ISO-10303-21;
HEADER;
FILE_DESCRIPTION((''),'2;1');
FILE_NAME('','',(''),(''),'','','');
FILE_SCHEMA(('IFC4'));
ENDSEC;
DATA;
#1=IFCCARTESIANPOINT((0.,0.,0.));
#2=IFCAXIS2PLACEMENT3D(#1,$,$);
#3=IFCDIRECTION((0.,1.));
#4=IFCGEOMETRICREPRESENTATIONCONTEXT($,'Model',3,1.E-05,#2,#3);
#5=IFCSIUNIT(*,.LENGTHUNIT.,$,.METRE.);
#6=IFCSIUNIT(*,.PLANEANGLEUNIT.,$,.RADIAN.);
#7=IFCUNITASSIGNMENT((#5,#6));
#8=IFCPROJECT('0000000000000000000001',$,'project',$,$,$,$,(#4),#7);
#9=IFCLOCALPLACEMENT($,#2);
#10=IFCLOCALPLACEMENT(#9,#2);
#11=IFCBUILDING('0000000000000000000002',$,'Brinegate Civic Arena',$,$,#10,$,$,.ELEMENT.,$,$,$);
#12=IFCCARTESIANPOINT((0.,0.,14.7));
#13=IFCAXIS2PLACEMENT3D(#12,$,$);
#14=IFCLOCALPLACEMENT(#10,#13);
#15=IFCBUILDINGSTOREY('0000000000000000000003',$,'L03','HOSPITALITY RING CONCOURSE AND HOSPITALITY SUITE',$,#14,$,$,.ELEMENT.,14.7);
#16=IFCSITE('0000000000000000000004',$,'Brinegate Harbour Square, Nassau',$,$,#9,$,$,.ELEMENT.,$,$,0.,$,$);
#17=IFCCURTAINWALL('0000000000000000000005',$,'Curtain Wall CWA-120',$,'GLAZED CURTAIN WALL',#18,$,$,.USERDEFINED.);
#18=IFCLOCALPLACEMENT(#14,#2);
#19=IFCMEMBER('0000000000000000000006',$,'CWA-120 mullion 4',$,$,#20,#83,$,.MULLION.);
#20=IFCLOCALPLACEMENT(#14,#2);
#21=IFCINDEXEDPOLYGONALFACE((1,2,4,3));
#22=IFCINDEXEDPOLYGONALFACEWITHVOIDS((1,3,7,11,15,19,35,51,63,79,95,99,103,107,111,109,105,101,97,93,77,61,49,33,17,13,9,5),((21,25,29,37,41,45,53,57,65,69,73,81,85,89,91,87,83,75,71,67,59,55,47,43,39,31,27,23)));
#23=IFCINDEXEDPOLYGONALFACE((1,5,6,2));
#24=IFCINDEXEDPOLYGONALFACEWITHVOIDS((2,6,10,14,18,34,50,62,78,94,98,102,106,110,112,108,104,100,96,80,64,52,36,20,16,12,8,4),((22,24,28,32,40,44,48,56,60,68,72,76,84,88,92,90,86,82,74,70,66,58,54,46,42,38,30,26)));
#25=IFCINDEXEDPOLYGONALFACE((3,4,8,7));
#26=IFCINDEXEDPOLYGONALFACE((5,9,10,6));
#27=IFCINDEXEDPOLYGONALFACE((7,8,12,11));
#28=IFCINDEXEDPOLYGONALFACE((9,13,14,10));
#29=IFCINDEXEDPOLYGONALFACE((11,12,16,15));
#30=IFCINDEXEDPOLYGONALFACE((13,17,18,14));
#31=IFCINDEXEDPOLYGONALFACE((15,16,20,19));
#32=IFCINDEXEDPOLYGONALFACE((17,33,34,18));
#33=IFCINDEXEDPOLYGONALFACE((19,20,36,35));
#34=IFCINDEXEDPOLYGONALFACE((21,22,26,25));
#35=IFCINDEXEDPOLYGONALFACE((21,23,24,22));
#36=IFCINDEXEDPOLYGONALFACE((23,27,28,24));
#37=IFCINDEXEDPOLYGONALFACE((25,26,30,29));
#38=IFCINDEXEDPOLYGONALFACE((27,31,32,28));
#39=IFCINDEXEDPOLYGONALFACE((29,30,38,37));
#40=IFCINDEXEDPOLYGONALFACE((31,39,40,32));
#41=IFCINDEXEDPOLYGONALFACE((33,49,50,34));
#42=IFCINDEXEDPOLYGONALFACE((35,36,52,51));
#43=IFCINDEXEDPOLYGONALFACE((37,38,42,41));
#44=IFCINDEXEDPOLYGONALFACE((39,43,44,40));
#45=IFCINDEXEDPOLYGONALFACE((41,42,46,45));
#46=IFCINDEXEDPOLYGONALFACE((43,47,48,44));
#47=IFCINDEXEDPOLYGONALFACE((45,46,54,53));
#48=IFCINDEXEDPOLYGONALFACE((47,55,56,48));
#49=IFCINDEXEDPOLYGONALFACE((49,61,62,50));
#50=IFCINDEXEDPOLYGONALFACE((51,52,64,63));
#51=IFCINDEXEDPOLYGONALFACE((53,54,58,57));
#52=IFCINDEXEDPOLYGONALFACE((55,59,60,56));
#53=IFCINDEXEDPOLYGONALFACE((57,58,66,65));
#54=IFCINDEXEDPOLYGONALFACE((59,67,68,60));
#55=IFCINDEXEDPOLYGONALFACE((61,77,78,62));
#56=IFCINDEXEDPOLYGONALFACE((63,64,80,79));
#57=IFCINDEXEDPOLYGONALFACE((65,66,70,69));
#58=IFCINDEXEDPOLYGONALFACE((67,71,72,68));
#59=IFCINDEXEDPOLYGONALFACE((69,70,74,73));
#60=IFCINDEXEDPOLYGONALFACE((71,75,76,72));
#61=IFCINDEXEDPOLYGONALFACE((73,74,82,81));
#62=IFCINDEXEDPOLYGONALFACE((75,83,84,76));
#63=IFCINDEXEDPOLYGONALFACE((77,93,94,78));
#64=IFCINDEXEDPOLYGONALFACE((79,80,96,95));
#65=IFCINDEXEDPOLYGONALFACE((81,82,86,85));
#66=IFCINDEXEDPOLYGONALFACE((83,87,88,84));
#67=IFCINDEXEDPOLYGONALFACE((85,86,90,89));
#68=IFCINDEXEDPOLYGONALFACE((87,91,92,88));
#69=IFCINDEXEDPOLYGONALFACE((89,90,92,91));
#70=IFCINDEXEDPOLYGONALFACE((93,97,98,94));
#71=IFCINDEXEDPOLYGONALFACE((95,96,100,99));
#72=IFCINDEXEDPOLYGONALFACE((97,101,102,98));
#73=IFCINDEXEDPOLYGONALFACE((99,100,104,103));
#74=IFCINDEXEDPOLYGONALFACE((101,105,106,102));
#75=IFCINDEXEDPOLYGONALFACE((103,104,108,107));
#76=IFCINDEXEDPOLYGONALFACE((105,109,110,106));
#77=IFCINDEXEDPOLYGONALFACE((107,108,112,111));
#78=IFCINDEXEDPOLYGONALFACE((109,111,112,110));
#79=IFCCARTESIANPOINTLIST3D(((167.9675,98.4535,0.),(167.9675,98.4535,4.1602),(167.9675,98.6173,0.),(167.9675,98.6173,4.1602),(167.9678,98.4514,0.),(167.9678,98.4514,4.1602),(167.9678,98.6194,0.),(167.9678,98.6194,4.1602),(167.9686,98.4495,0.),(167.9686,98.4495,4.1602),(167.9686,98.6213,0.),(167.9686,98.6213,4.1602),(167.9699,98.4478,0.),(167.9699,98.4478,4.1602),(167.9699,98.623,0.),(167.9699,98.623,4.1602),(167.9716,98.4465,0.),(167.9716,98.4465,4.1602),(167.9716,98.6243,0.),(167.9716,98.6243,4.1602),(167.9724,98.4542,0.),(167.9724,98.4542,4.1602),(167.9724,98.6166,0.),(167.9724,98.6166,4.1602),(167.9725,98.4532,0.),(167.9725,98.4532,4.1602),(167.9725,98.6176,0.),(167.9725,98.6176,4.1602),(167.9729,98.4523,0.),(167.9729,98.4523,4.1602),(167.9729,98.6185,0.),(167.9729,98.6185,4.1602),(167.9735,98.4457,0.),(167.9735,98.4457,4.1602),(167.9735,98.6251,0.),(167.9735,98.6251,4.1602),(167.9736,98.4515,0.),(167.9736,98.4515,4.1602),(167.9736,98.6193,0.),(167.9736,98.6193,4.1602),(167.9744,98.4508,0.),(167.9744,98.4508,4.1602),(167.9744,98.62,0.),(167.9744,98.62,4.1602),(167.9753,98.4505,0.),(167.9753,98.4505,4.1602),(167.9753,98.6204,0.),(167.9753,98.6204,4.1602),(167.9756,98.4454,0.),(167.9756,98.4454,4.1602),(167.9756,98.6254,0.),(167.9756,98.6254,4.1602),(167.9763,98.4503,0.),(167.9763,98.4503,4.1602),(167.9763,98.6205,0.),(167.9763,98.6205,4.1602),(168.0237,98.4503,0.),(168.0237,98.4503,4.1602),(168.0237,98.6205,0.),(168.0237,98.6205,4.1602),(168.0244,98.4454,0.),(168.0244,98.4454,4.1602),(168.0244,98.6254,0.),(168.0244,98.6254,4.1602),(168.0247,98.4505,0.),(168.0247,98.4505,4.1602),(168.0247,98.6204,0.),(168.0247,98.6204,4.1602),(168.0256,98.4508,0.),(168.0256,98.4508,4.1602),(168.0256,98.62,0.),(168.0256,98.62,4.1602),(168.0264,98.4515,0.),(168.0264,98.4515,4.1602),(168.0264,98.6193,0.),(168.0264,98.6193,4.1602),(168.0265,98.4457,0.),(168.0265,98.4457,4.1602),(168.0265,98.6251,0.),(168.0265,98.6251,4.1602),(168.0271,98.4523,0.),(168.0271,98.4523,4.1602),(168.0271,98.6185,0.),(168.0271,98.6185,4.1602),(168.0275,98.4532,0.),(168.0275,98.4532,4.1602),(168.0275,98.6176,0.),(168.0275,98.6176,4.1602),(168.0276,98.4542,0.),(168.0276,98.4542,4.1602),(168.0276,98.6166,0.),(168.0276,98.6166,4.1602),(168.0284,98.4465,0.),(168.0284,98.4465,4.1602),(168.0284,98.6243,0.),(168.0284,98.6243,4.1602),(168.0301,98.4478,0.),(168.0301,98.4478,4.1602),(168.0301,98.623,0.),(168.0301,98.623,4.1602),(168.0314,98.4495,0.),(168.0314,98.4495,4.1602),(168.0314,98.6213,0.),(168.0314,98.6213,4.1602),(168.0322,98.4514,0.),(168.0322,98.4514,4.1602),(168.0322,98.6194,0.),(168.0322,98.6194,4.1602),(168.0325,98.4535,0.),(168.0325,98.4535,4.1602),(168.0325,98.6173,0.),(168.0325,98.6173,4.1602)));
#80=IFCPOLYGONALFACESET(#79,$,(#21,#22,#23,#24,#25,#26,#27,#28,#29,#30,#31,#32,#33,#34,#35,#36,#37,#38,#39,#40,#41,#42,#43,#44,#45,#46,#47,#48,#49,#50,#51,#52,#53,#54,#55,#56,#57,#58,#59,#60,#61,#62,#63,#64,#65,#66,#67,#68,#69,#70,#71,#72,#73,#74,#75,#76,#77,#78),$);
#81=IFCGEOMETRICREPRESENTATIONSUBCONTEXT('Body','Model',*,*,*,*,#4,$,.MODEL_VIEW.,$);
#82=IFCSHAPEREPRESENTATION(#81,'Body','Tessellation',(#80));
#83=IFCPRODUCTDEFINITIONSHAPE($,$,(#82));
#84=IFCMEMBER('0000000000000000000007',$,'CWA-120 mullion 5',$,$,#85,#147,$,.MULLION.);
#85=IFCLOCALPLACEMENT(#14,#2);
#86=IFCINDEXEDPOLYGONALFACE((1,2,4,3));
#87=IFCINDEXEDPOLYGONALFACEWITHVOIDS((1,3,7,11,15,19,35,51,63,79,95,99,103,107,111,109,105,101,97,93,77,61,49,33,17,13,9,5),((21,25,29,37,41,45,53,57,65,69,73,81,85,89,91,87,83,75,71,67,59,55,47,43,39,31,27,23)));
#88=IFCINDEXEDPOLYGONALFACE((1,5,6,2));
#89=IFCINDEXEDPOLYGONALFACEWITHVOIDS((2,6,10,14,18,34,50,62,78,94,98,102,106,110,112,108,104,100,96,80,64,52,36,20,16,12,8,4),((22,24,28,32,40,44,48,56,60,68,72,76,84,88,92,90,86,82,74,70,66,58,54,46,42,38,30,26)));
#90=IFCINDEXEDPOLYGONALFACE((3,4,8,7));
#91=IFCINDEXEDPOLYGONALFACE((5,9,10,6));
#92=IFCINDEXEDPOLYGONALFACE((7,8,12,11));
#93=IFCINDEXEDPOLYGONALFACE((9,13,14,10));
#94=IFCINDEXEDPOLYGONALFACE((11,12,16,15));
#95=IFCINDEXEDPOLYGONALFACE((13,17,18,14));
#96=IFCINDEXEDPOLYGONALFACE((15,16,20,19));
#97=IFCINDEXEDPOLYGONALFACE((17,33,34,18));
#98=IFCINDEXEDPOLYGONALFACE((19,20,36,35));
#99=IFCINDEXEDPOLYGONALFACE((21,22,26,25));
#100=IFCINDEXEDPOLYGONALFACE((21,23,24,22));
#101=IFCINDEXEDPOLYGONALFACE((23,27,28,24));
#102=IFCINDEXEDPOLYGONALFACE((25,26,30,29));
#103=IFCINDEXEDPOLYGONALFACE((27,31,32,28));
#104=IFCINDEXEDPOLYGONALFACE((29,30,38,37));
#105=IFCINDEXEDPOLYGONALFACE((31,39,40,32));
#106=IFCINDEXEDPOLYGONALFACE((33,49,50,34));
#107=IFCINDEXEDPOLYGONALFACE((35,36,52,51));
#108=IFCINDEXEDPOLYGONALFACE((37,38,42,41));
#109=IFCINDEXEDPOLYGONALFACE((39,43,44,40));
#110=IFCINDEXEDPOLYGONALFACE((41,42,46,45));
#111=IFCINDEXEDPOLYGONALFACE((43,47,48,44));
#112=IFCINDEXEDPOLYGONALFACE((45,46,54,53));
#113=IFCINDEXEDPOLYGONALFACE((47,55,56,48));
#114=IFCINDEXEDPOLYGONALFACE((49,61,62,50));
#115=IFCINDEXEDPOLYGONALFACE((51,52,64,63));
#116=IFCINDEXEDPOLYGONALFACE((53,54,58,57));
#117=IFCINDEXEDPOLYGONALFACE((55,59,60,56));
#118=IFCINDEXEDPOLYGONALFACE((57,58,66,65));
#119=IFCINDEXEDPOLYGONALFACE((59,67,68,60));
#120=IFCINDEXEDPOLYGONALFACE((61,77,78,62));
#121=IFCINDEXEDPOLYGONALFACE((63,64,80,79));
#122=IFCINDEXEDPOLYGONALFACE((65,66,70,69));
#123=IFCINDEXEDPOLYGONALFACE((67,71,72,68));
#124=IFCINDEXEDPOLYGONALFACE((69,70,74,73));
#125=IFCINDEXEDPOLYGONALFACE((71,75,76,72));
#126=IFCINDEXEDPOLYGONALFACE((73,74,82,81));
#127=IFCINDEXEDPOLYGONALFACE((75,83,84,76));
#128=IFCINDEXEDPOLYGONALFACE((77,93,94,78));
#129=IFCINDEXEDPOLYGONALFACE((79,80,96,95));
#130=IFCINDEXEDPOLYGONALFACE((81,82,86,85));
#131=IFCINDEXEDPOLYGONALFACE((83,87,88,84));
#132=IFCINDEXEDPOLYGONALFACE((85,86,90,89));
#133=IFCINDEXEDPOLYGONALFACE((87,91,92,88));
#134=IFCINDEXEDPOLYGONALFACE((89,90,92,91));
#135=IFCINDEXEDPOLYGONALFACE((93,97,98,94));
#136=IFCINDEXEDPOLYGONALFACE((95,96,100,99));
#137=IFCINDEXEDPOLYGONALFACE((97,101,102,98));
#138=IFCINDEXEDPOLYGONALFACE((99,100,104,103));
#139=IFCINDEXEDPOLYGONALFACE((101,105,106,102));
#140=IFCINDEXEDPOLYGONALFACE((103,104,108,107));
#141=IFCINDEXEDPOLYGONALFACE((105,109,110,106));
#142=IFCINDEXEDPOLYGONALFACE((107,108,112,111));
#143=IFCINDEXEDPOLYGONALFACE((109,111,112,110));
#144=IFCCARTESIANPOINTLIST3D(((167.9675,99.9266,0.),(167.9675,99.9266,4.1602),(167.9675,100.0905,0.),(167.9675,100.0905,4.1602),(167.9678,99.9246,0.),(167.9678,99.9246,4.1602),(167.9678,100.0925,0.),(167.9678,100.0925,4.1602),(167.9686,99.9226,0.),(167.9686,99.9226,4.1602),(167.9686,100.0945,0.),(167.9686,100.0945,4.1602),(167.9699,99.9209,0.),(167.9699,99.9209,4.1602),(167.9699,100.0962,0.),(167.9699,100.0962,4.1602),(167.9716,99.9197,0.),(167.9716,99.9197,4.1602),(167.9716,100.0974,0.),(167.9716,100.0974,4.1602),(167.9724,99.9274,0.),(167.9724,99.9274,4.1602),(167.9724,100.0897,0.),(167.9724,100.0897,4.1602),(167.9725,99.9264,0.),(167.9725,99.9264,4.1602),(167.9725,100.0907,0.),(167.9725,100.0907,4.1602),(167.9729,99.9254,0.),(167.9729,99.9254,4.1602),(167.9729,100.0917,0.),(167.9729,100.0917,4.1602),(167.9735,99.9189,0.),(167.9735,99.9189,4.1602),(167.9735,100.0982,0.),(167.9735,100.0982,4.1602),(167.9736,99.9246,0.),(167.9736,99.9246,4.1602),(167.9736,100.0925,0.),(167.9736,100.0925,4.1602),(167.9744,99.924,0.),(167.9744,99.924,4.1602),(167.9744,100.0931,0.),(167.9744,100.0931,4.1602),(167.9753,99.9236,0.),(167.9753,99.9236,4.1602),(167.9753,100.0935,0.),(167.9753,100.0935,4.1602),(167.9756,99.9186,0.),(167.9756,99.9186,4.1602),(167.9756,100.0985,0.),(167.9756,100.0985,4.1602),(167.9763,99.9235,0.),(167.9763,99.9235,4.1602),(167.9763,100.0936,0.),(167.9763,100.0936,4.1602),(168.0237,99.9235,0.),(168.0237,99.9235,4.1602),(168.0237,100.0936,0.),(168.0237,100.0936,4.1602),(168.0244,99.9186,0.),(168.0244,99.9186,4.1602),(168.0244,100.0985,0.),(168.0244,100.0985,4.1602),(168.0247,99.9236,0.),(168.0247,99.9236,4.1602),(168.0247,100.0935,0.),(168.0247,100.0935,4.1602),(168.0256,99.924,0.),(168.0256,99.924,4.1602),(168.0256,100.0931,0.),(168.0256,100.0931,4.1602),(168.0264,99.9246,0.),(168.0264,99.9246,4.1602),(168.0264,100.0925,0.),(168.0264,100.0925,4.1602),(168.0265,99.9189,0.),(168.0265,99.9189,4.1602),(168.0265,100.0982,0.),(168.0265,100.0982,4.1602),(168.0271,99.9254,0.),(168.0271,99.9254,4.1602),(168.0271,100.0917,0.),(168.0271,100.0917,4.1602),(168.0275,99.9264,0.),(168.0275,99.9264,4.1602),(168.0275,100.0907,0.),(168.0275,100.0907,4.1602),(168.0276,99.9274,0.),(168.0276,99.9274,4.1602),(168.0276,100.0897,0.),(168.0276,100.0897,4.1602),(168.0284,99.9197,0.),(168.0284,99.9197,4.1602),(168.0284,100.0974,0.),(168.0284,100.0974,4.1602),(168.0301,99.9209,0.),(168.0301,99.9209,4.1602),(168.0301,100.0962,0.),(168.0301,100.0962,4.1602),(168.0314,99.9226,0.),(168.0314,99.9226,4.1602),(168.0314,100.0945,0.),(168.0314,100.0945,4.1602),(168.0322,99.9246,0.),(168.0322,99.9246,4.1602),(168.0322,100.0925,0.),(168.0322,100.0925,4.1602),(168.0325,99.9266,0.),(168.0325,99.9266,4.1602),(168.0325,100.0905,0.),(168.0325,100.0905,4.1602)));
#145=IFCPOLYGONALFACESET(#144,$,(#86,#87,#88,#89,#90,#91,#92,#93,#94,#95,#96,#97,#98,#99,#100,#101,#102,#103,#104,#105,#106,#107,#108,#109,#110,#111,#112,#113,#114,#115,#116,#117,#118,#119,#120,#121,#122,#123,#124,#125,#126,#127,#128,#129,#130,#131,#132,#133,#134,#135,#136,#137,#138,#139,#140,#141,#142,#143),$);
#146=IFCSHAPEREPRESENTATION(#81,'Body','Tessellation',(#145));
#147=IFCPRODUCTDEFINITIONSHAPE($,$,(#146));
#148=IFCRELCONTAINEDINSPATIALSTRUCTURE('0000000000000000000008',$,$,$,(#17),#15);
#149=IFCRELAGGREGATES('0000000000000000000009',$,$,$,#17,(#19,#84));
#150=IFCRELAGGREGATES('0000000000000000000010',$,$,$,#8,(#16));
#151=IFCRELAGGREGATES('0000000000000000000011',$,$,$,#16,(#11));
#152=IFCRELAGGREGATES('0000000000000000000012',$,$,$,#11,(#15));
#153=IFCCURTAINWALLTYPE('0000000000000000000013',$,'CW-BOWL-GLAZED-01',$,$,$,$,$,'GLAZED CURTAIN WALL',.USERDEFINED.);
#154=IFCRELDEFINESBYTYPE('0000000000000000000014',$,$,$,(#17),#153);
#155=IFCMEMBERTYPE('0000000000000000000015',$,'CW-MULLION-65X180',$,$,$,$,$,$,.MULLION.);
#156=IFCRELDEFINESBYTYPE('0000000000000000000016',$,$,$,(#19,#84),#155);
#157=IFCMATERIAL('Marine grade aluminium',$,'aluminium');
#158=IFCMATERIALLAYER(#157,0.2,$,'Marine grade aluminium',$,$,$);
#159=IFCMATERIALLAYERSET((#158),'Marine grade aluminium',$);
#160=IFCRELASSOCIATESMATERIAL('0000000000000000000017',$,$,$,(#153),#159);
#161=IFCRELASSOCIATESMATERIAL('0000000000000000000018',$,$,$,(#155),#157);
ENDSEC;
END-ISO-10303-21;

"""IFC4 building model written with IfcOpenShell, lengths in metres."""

from ifc_helpers import new_model, si_unit, direction, frame, origin, origin_2d, place, context, subcontext, project, spatial, hollow_rectangle, extrude, material, layer, layer_set, material_profile, profile_set, type_object, element, aggregate, save


model = new_model("IFC4")

# Units and contexts
model_context = context("Model", 3, precision=1e-05, world=origin(), true_north=direction((0.0, 1.0)))
body_context = subcontext(model_context, "Body", "Model", "MODEL_VIEW")
ifc_project = project(units=[si_unit("LENGTHUNIT", "METRE"), si_unit("PLANEANGLEUNIT", "RADIAN")], contexts=[model_context])

# Site, building, storey
site_placement = place(None, origin())
site = spatial("IfcSite", under=ifc_project, at=site_placement, Name="Brinegate Harbour Square, Nassau", CompositionType="ELEMENT", RefElevation=0.0)
building_placement = place(site_placement, origin())
building = spatial("IfcBuilding", under=site, at=building_placement, Name="Brinegate Civic Arena", CompositionType="ELEMENT")
storey_placement = place(building_placement, frame((0.0, 0.0, 14.7)))
storey = spatial("IfcBuildingStorey", under=building, at=storey_placement, Name="L03", Description="HOSPITALITY RING CONCOURSE AND HOSPITALITY SUITE", CompositionType="ELEMENT", Elevation=14.7)

# Curtain wall, members
ifc_material_1 = material(Name="Marine grade aluminium", Category="aluminium")
ifc_layer_1 = layer(ifc_material_1, 0.2, Name="Marine grade aluminium")
ifc_layer_set_1 = layer_set([ifc_layer_1], Name="Marine grade aluminium")
curtain_wall_type = type_object("IfcCurtainWallType", Name="CW-BOWL-GLAZED-01", ElementType="GLAZED CURTAIN WALL", PredefinedType="USERDEFINED", material=ifc_layer_set_1)
curtain_wall_placement = place(storey_placement, origin())
curtain_wall = element("IfcCurtainWall", 1, at=curtain_wall_placement, inside=storey, type_object=curtain_wall_type, Name="Curtain Wall CWA-120", ObjectType="GLAZED CURTAIN WALL", PredefinedType="USERDEFINED")
ifc_material_profile_1 = material_profile(ifc_material_1, hollow_rectangle(XDim=0.0649, YDim=0.1799, WallThickness=0.0049, InnerFilletRadius=0.0039, OuterFilletRadius=0.0081, at=origin_2d()), Name="MUL65X180")
ifc_profile_set_1 = profile_set([ifc_material_profile_1], Name="Marine grade aluminium")
member_type_1 = type_object("IfcMemberType", Name="CW-MULLION-65X180", PredefinedType="MULLION", material=ifc_profile_set_1)
member_1_placement = place(storey_placement, frame((168.0, 98.5354, 0.0), z_axis=(0.0, 0.0, 1.0), x_axis=(-1.0, 0.0, 0.0)))
member_1 = element("IfcMember", 2, at=member_1_placement, type_object=member_type_1, Name="CWA-120 mullion 4", PredefinedType="MULLION", context=body_context, shape_type="SweptSolid", body=[
    extrude(hollow_rectangle(XDim=0.0649, YDim=0.1799, WallThickness=0.0049, InnerFilletRadius=0.0039, OuterFilletRadius=0.0081, at=origin_2d()), origin(), (0.0, 0.0, 1.0), 4.1602),
])
member_2_placement = place(storey_placement, frame((168.0, 100.0085, 0.0), z_axis=(0.0, 0.0, 1.0), x_axis=(-1.0, 0.0, 0.0)))
member_2 = element("IfcMember", 3, at=member_2_placement, type_object=member_type_1, Name="CWA-120 mullion 5", PredefinedType="MULLION", context=body_context, shape_type="SweptSolid", body=[
    extrude(hollow_rectangle(XDim=0.0649, YDim=0.1799, WallThickness=0.0049, InnerFilletRadius=0.0039, OuterFilletRadius=0.0081, at=origin_2d()), origin(), (0.0, 0.0, 1.0), 4.1602),
])

aggregate(curtain_wall, [member_1, member_2])

save(model, "model.ifc")
